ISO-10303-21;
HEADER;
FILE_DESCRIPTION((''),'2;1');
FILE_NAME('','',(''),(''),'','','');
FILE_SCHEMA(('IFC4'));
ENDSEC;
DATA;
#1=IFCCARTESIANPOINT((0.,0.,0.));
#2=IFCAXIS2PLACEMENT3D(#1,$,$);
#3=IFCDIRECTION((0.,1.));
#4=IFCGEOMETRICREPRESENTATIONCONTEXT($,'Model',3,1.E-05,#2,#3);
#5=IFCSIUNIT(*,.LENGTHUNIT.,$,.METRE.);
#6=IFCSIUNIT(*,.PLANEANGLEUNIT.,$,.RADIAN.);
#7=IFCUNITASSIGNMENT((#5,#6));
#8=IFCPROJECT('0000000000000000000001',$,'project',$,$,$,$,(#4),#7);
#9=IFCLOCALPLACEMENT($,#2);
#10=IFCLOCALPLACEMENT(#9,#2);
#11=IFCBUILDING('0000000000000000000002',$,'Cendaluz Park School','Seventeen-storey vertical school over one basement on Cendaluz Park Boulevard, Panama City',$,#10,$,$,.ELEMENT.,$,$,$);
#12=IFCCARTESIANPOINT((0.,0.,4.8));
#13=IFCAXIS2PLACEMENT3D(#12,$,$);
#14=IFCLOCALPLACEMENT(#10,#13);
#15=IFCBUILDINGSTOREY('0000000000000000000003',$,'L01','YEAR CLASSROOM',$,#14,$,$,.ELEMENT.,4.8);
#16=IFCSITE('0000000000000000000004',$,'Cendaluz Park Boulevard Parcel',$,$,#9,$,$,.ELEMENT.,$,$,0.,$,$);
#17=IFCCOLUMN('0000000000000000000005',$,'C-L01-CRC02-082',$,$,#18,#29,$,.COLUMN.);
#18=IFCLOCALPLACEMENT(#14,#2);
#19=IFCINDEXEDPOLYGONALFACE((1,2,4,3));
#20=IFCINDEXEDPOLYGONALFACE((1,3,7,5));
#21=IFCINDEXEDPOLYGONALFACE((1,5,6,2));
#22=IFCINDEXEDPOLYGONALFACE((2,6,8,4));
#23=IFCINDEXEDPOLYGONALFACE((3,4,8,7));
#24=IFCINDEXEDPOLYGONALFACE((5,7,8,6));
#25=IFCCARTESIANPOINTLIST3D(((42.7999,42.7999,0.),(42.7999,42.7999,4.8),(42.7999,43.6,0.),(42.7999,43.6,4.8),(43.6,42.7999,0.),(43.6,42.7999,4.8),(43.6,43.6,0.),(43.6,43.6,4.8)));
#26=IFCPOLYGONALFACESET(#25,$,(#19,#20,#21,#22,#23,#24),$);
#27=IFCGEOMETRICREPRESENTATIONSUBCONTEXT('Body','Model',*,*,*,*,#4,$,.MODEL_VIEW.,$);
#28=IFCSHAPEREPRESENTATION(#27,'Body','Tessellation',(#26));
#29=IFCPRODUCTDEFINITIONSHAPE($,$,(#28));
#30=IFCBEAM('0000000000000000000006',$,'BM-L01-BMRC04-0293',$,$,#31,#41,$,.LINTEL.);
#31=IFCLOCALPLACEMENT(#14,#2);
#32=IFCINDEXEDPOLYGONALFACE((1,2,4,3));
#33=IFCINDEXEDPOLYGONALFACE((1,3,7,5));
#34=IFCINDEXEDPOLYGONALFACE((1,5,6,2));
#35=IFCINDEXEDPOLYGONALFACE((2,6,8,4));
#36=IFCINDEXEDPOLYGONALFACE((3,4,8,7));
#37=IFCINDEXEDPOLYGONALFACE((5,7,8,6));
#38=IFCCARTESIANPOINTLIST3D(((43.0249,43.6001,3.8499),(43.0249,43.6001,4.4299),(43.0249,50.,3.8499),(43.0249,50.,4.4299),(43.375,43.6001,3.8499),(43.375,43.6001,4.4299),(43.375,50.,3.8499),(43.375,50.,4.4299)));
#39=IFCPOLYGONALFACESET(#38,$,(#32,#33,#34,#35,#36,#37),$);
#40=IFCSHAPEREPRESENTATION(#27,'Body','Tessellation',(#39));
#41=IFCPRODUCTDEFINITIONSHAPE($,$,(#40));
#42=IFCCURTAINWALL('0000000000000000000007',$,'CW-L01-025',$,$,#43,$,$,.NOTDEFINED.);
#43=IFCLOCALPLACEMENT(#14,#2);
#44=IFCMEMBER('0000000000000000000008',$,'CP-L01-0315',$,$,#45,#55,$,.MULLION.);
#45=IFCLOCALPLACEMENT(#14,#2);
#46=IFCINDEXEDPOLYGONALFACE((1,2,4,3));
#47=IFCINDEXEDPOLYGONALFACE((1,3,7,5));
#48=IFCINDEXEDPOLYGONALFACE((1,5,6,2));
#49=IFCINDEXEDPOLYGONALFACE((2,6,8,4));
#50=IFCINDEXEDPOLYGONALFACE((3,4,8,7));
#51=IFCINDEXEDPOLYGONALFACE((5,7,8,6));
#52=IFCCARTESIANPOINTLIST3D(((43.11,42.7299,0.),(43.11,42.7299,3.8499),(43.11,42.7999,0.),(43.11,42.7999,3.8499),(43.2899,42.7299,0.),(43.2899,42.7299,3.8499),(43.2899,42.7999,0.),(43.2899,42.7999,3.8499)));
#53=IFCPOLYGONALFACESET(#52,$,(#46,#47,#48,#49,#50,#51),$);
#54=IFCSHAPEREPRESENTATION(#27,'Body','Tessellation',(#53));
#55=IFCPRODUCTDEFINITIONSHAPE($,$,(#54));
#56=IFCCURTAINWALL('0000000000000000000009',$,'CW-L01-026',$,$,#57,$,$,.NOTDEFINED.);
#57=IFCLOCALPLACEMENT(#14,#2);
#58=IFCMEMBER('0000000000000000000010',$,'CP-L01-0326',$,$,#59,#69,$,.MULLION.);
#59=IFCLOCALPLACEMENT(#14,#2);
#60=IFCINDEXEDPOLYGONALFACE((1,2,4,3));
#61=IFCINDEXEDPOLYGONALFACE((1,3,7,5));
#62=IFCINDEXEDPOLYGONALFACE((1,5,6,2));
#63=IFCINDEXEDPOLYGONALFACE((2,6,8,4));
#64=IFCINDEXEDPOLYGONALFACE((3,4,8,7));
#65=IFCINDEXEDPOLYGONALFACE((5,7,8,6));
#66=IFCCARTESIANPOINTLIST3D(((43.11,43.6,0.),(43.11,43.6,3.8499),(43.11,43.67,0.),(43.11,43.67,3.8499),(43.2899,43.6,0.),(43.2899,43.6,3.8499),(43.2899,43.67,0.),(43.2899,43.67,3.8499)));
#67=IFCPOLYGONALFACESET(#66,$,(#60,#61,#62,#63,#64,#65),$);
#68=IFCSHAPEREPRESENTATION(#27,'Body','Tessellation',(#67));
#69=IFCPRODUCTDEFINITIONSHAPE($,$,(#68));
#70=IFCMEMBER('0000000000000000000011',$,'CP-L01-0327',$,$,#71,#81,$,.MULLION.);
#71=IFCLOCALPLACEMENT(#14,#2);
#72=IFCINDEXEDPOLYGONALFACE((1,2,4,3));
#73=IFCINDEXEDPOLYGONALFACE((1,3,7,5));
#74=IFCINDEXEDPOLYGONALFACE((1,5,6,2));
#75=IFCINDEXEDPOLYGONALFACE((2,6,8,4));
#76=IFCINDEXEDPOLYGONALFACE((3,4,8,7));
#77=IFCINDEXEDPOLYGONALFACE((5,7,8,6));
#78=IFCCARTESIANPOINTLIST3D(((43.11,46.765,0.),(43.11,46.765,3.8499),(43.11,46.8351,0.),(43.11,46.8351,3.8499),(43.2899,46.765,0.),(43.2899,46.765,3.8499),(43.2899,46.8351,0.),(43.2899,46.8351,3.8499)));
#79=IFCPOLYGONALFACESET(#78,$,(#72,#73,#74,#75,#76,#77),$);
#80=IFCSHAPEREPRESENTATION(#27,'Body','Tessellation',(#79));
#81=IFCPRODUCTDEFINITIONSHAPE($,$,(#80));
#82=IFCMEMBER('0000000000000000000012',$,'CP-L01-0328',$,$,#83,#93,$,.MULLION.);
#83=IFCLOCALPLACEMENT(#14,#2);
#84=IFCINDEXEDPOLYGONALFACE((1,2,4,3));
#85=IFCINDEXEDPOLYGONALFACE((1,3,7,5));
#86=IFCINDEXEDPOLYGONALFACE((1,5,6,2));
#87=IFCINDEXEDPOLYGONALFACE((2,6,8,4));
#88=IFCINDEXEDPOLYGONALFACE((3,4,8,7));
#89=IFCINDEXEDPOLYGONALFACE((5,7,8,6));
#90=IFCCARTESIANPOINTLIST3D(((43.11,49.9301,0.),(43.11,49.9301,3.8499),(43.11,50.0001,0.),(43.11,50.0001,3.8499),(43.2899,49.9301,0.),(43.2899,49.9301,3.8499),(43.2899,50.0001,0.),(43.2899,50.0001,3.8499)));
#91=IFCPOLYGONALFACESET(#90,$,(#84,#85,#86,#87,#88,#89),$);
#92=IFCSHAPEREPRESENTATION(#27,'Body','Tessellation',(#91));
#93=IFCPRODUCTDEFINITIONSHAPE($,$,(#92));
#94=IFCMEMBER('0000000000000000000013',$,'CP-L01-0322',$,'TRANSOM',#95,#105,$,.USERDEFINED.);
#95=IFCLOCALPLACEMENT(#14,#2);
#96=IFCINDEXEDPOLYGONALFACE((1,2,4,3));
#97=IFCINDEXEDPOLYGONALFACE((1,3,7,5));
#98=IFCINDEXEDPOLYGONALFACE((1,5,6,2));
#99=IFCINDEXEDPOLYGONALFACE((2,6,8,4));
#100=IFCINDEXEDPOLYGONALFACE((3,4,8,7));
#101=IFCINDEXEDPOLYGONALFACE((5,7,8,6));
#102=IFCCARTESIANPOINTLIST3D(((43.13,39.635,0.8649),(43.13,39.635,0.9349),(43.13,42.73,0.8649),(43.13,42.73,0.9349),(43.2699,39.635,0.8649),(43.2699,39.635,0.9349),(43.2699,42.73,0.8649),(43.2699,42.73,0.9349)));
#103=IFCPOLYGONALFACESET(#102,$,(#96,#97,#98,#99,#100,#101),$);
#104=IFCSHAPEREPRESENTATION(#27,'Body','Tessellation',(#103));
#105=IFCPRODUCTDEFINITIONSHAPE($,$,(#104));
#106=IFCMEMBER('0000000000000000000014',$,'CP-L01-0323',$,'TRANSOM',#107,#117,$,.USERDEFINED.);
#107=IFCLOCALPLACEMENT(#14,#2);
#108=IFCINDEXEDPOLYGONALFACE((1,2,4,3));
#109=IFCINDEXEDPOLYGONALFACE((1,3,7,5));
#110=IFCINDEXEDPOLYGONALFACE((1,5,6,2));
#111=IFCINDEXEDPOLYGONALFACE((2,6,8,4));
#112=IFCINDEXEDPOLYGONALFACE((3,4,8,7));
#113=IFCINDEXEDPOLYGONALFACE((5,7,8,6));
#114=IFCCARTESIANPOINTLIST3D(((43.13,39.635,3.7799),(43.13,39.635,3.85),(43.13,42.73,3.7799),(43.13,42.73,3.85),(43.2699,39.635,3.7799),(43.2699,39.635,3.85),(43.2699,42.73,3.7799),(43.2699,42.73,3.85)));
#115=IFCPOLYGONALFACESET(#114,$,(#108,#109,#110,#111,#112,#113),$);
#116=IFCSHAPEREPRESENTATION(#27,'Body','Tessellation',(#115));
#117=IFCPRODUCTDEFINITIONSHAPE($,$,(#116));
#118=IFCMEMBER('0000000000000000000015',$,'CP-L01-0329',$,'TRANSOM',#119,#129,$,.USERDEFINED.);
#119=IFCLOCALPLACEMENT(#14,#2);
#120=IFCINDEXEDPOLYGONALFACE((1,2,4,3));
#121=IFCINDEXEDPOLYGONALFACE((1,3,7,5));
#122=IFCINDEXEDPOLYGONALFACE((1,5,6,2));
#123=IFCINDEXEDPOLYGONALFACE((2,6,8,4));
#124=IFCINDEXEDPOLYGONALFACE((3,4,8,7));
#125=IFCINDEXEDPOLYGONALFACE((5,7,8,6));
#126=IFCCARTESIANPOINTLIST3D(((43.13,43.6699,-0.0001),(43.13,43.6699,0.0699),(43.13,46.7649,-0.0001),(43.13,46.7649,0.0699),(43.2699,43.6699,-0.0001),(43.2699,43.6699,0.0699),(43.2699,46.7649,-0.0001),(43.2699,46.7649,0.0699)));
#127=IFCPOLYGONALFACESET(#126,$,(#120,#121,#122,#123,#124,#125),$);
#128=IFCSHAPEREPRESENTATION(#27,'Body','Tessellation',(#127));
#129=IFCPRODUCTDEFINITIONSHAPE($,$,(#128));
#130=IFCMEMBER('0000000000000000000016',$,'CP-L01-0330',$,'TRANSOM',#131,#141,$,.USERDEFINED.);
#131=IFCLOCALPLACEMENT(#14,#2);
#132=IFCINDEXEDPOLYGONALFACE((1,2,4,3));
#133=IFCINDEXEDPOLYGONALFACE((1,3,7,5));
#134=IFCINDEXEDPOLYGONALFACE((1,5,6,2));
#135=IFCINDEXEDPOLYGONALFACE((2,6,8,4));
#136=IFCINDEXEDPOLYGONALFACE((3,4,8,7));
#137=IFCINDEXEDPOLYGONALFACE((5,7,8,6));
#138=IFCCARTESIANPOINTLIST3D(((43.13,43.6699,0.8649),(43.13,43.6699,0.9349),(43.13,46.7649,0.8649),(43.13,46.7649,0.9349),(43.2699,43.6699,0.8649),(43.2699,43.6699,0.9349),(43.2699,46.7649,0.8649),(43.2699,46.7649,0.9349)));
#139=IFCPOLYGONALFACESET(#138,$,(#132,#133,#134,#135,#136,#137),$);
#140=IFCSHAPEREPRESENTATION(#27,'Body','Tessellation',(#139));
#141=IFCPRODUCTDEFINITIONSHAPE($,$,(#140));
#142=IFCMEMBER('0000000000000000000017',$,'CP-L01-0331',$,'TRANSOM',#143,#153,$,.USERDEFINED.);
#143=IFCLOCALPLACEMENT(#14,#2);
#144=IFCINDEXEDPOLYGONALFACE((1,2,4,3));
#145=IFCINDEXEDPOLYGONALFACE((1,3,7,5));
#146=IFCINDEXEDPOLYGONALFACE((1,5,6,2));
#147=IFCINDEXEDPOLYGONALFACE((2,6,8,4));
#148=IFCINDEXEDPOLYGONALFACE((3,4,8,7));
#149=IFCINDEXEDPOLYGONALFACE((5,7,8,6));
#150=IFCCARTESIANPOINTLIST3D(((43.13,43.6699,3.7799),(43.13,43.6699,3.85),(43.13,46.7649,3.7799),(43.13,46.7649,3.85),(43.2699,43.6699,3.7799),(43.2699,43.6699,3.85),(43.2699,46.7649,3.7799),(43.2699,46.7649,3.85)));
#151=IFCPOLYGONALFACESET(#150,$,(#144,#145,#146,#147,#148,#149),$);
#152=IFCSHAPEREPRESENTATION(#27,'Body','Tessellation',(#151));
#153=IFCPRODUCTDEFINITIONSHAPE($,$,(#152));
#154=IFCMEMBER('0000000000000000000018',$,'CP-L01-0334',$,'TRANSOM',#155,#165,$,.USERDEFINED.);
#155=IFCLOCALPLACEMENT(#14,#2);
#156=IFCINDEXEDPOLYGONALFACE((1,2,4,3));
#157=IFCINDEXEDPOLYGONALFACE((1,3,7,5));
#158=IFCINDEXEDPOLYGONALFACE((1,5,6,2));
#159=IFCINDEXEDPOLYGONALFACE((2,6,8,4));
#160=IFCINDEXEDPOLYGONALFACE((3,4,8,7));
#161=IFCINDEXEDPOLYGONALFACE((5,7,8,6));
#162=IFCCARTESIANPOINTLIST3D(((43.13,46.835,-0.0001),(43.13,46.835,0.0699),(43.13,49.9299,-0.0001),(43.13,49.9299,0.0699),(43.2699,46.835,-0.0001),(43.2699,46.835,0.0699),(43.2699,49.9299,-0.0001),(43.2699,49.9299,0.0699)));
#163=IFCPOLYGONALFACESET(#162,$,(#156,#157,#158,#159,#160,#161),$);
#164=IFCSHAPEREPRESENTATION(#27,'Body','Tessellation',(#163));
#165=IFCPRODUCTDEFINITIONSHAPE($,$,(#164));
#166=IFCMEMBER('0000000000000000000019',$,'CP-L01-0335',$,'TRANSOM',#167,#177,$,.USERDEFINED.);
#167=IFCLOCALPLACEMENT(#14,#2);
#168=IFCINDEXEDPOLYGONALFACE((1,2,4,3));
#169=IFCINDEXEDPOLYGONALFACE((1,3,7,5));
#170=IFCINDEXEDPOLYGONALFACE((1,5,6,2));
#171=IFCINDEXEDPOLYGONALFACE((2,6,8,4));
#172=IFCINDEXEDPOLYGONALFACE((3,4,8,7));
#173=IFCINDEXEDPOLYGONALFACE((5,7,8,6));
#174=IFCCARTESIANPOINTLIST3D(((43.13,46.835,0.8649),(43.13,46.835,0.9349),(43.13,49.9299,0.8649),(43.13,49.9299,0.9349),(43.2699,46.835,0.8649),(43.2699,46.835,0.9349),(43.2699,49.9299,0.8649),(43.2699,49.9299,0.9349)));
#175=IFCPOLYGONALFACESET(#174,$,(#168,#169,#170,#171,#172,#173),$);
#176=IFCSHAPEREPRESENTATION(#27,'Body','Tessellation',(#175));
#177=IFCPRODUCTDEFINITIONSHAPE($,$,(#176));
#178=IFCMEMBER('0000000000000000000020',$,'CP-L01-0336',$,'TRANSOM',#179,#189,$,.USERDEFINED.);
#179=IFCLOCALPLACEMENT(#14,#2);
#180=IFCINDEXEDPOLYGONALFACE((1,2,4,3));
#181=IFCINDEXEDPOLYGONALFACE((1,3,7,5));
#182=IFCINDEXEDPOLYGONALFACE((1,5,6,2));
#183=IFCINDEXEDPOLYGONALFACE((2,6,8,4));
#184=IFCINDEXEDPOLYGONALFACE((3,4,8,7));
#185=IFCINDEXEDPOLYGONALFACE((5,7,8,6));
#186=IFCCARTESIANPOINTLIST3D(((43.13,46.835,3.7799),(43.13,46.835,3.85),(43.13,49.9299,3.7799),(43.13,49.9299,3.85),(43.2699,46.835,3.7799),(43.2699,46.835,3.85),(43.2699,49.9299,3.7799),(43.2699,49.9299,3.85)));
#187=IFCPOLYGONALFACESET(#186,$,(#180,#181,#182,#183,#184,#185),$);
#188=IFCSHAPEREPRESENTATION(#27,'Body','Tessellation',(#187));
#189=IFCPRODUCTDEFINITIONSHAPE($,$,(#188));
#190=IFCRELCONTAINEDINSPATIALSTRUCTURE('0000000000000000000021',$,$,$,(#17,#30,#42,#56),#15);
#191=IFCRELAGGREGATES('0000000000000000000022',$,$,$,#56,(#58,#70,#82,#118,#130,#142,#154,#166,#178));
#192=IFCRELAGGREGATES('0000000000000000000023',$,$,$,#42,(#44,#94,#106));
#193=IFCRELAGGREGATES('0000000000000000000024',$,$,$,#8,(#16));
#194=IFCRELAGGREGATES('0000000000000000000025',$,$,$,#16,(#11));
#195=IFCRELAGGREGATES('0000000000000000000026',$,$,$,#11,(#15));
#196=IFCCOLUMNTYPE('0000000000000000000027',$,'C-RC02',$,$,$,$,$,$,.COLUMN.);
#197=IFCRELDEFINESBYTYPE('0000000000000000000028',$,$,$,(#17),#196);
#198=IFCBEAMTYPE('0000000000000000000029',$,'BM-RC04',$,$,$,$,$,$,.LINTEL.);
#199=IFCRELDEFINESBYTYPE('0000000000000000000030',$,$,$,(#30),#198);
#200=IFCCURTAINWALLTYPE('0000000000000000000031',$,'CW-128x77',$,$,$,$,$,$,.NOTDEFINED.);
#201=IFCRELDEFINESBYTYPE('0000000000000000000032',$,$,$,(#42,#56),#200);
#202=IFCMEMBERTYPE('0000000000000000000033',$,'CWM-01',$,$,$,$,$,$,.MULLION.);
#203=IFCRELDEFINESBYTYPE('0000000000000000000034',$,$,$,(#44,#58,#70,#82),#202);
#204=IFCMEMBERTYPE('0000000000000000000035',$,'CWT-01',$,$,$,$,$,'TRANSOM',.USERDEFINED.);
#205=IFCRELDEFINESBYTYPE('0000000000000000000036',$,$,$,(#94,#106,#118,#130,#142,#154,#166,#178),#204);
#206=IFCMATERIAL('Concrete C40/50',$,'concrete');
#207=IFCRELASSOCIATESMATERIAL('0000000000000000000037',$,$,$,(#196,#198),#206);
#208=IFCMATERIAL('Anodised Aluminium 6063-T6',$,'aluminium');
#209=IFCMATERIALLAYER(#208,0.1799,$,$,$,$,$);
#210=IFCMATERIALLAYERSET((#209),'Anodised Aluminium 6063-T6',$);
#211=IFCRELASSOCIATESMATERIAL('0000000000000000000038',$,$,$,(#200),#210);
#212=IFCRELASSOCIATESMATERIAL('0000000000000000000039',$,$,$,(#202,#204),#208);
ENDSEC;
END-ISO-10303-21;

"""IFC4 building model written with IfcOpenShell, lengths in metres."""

from ifc_helpers import new_model, si_unit, direction, frame, origin, origin_2d, place, context, subcontext, project, spatial, rectangle, extrude, material, layer, layer_set, material_profile, profile_set, type_object, element, aggregate, save


model = new_model("IFC4")

# Units and contexts
model_context = context("Model", 3, precision=1e-05, world=origin(), true_north=direction((0.0, 1.0)))
body_context = subcontext(model_context, "Body", "Model", "MODEL_VIEW")
ifc_project = project(units=[si_unit("LENGTHUNIT", "METRE"), si_unit("PLANEANGLEUNIT", "RADIAN")], contexts=[model_context])

# Site, building, storey
site_placement = place(None, origin())
site = spatial("IfcSite", under=ifc_project, at=site_placement, Name="Cendaluz Park Boulevard Parcel", CompositionType="ELEMENT", RefElevation=0.0)
building_placement = place(site_placement, origin())
building = spatial("IfcBuilding", under=site, at=building_placement, Name="Cendaluz Park School", Description="Seventeen-storey vertical school over one basement on Cendaluz Park Boulevard, Panama City", CompositionType="ELEMENT")
storey_placement = place(building_placement, frame((0.0, 0.0, 4.8)))
storey = spatial("IfcBuildingStorey", under=building, at=storey_placement, Name="L01", Description="YEAR CLASSROOM", CompositionType="ELEMENT", Elevation=4.8)

# Column
ifc_material_1 = material(Name="Concrete C40/50", Category="concrete")
ifc_material_profile_1 = material_profile(ifc_material_1, rectangle(XDim=0.8, YDim=0.8, at=origin_2d()), Name="RC 800x800", Category="concrete")
ifc_profile_set_1 = profile_set([ifc_material_profile_1], Name="Concrete C40/50")
column_type = type_object("IfcColumnType", Name="C-RC02", PredefinedType="COLUMN", material=ifc_profile_set_1)
column_placement = place(storey_placement, frame((43.2, 43.2, 0.0), z_axis=(0.0, 0.0, 1.0), x_axis=(1.0, 0.0, 0.0)))
element("IfcColumn", 1, at=column_placement, inside=storey, type_object=column_type, Name="C-L01-CRC02-082", PredefinedType="COLUMN", context=body_context, shape_type="SweptSolid", body=[
    extrude(rectangle(XDim=0.8, YDim=0.8, at=origin_2d()), origin(), (0.0, 0.0, 1.0), 4.8),
])

# Beam
ifc_material_profile_2 = material_profile(ifc_material_1, rectangle(XDim=0.3501, YDim=0.5801, at=origin_2d()), Name="RC 350x580", Category="concrete")
ifc_profile_set_2 = profile_set([ifc_material_profile_2], Name="Concrete C40/50")
beam_type = type_object("IfcBeamType", Name="BM-RC04", PredefinedType="LINTEL", material=ifc_profile_set_2)
beam_placement = place(storey_placement, frame((43.2, 43.6001, 4.1399), z_axis=(0.0, 1.0, 0.0), x_axis=(-1.0, 0.0, 0.0)))
element("IfcBeam", 2, at=beam_placement, inside=storey, type_object=beam_type, Name="BM-L01-BMRC04-0293", PredefinedType="LINTEL", context=body_context, shape_type="SweptSolid", body=[
    extrude(rectangle(XDim=0.3501, YDim=0.5801, at=origin_2d()), origin(), (0.0, 0.0, 1.0), 6.3999),
])

# Curtain wall, member
ifc_material_2 = material(Name="Anodised Aluminium 6063-T6", Category="aluminium")
ifc_layer_1 = layer(ifc_material_2, 0.1799)
ifc_layer_set_1 = layer_set([ifc_layer_1], Name="Anodised Aluminium 6063-T6")
curtain_wall_type = type_object("IfcCurtainWallType", Name="CW-128x77", PredefinedType="NOTDEFINED", material=ifc_layer_set_1)
curtain_wall_1_placement = place(storey_placement, origin())
curtain_wall_1 = element("IfcCurtainWall", 3, at=curtain_wall_1_placement, inside=storey, type_object=curtain_wall_type, Name="CW-L01-025", PredefinedType="NOTDEFINED")
ifc_material_profile_3 = material_profile(ifc_material_2, rectangle(XDim=0.1799, YDim=0.0701, at=origin_2d()), Name="CWM 180x70", Category="aluminium")
ifc_profile_set_3 = profile_set([ifc_material_profile_3], Name="Anodised Aluminium 6063-T6")
member_type_1 = type_object("IfcMemberType", Name="CWM-01", PredefinedType="MULLION", material=ifc_profile_set_3)
member_1_placement = place(storey_placement, frame((43.2, 42.7649, 0.0), z_axis=(0.0, 0.0, 1.0), x_axis=(-1.0, 0.0, 0.0)))
member_1 = element("IfcMember", 4, at=member_1_placement, type_object=member_type_1, Name="CP-L01-0315", PredefinedType="MULLION", context=body_context, shape_type="SweptSolid", body=[
    extrude(rectangle(XDim=0.1799, YDim=0.0701, at=origin_2d()), origin(), (0.0, 0.0, 1.0), 3.8499),
])

# Curtain wall, members
curtain_wall_2_placement = place(storey_placement, origin())
curtain_wall_2 = element("IfcCurtainWall", 5, at=curtain_wall_2_placement, inside=storey, type_object=curtain_wall_type, Name="CW-L01-026", PredefinedType="NOTDEFINED")
member_2_placement = place(storey_placement, frame((43.2, 43.635, 0.0), z_axis=(0.0, 0.0, 1.0), x_axis=(-1.0, 0.0, 0.0)))
member_2 = element("IfcMember", 6, at=member_2_placement, type_object=member_type_1, Name="CP-L01-0326", PredefinedType="MULLION", context=body_context, shape_type="SweptSolid", body=[
    extrude(rectangle(XDim=0.1799, YDim=0.0701, at=origin_2d()), origin(), (0.0, 0.0, 1.0), 3.8499),
])
member_3_placement = place(storey_placement, frame((43.2, 46.8, 0.0), z_axis=(0.0, 0.0, 1.0), x_axis=(-1.0, 0.0, 0.0)))
member_3 = element("IfcMember", 7, at=member_3_placement, type_object=member_type_1, Name="CP-L01-0327", PredefinedType="MULLION", context=body_context, shape_type="SweptSolid", body=[
    extrude(rectangle(XDim=0.1799, YDim=0.0701, at=origin_2d()), origin(), (0.0, 0.0, 1.0), 3.8499),
])
member_4_placement = place(storey_placement, frame((43.2, 49.9651, 0.0), z_axis=(0.0, 0.0, 1.0), x_axis=(-1.0, 0.0, 0.0)))
member_4 = element("IfcMember", 8, at=member_4_placement, type_object=member_type_1, Name="CP-L01-0328", PredefinedType="MULLION", context=body_context, shape_type="SweptSolid", body=[
    extrude(rectangle(XDim=0.1799, YDim=0.0701, at=origin_2d()), origin(), (0.0, 0.0, 1.0), 3.8499),
])

# Members
ifc_material_profile_4 = material_profile(ifc_material_2, rectangle(XDim=0.1399, YDim=0.0701, at=origin_2d()), Name="CWT 140x70", Category="aluminium")
ifc_profile_set_4 = profile_set([ifc_material_profile_4], Name="Anodised Aluminium 6063-T6")
member_type_2 = type_object("IfcMemberType", Name="CWT-01", ElementType="TRANSOM", PredefinedType="USERDEFINED", material=ifc_profile_set_4)
member_5_placement = place(storey_placement, frame((43.2, 39.635, 0.8999), z_axis=(0.0, 1.0, 0.0), x_axis=(-1.0, 0.0, 0.0)))
member_5 = element("IfcMember", 9, at=member_5_placement, type_object=member_type_2, Name="CP-L01-0322", ObjectType="TRANSOM", PredefinedType="USERDEFINED", context=body_context, shape_type="SweptSolid", body=[
    extrude(rectangle(XDim=0.1399, YDim=0.0701, at=origin_2d()), origin(), (0.0, 0.0, 1.0), 3.095),
])
member_6_placement = place(storey_placement, frame((43.2, 39.635, 3.8149), z_axis=(0.0, 1.0, 0.0), x_axis=(-1.0, 0.0, 0.0)))
member_6 = element("IfcMember", 10, at=member_6_placement, type_object=member_type_2, Name="CP-L01-0323", ObjectType="TRANSOM", PredefinedType="USERDEFINED", context=body_context, shape_type="SweptSolid", body=[
    extrude(rectangle(XDim=0.1399, YDim=0.0701, at=origin_2d()), origin(), (0.0, 0.0, 1.0), 3.095),
])
member_7_placement = place(storey_placement, frame((43.2, 43.6699, 0.0349), z_axis=(0.0, 1.0, 0.0), x_axis=(-1.0, 0.0, 0.0)))
member_7 = element("IfcMember", 11, at=member_7_placement, type_object=member_type_2, Name="CP-L01-0329", ObjectType="TRANSOM", PredefinedType="USERDEFINED", context=body_context, shape_type="SweptSolid", body=[
    extrude(rectangle(XDim=0.1399, YDim=0.0701, at=origin_2d()), origin(), (0.0, 0.0, 1.0), 3.095),
])
member_8_placement = place(storey_placement, frame((43.2, 43.6699, 0.8999), z_axis=(0.0, 1.0, 0.0), x_axis=(-1.0, 0.0, 0.0)))
member_8 = element("IfcMember", 12, at=member_8_placement, type_object=member_type_2, Name="CP-L01-0330", ObjectType="TRANSOM", PredefinedType="USERDEFINED", context=body_context, shape_type="SweptSolid", body=[
    extrude(rectangle(XDim=0.1399, YDim=0.0701, at=origin_2d()), origin(), (0.0, 0.0, 1.0), 3.095),
])
member_9_placement = place(storey_placement, frame((43.2, 43.6699, 3.8149), z_axis=(0.0, 1.0, 0.0), x_axis=(-1.0, 0.0, 0.0)))
member_9 = element("IfcMember", 13, at=member_9_placement, type_object=member_type_2, Name="CP-L01-0331", ObjectType="TRANSOM", PredefinedType="USERDEFINED", context=body_context, shape_type="SweptSolid", body=[
    extrude(rectangle(XDim=0.1399, YDim=0.0701, at=origin_2d()), origin(), (0.0, 0.0, 1.0), 3.095),
])
member_10_placement = place(storey_placement, frame((43.2, 46.835, 0.0349), z_axis=(0.0, 1.0, 0.0), x_axis=(-1.0, 0.0, 0.0)))
member_10 = element("IfcMember", 14, at=member_10_placement, type_object=member_type_2, Name="CP-L01-0334", ObjectType="TRANSOM", PredefinedType="USERDEFINED", context=body_context, shape_type="SweptSolid", body=[
    extrude(rectangle(XDim=0.1399, YDim=0.0701, at=origin_2d()), origin(), (0.0, 0.0, 1.0), 3.095),
])
member_11_placement = place(storey_placement, frame((43.2, 46.835, 0.8999), z_axis=(0.0, 1.0, 0.0), x_axis=(-1.0, 0.0, 0.0)))
member_11 = element("IfcMember", 15, at=member_11_placement, type_object=member_type_2, Name="CP-L01-0335", ObjectType="TRANSOM", PredefinedType="USERDEFINED", context=body_context, shape_type="SweptSolid", body=[
    extrude(rectangle(XDim=0.1399, YDim=0.0701, at=origin_2d()), origin(), (0.0, 0.0, 1.0), 3.095),
])
member_12_placement = place(storey_placement, frame((43.2, 46.835, 3.8149), z_axis=(0.0, 1.0, 0.0), x_axis=(-1.0, 0.0, 0.0)))
member_12 = element("IfcMember", 16, at=member_12_placement, type_object=member_type_2, Name="CP-L01-0336", ObjectType="TRANSOM", PredefinedType="USERDEFINED", context=body_context, shape_type="SweptSolid", body=[
    extrude(rectangle(XDim=0.1399, YDim=0.0701, at=origin_2d()), origin(), (0.0, 0.0, 1.0), 3.095),
])

aggregate(curtain_wall_2, [member_2, member_3, member_4, member_7, member_8, member_9, member_10, member_11, member_12])
aggregate(curtain_wall_1, [member_1, member_5, member_6])

save(model, "model.ifc")
